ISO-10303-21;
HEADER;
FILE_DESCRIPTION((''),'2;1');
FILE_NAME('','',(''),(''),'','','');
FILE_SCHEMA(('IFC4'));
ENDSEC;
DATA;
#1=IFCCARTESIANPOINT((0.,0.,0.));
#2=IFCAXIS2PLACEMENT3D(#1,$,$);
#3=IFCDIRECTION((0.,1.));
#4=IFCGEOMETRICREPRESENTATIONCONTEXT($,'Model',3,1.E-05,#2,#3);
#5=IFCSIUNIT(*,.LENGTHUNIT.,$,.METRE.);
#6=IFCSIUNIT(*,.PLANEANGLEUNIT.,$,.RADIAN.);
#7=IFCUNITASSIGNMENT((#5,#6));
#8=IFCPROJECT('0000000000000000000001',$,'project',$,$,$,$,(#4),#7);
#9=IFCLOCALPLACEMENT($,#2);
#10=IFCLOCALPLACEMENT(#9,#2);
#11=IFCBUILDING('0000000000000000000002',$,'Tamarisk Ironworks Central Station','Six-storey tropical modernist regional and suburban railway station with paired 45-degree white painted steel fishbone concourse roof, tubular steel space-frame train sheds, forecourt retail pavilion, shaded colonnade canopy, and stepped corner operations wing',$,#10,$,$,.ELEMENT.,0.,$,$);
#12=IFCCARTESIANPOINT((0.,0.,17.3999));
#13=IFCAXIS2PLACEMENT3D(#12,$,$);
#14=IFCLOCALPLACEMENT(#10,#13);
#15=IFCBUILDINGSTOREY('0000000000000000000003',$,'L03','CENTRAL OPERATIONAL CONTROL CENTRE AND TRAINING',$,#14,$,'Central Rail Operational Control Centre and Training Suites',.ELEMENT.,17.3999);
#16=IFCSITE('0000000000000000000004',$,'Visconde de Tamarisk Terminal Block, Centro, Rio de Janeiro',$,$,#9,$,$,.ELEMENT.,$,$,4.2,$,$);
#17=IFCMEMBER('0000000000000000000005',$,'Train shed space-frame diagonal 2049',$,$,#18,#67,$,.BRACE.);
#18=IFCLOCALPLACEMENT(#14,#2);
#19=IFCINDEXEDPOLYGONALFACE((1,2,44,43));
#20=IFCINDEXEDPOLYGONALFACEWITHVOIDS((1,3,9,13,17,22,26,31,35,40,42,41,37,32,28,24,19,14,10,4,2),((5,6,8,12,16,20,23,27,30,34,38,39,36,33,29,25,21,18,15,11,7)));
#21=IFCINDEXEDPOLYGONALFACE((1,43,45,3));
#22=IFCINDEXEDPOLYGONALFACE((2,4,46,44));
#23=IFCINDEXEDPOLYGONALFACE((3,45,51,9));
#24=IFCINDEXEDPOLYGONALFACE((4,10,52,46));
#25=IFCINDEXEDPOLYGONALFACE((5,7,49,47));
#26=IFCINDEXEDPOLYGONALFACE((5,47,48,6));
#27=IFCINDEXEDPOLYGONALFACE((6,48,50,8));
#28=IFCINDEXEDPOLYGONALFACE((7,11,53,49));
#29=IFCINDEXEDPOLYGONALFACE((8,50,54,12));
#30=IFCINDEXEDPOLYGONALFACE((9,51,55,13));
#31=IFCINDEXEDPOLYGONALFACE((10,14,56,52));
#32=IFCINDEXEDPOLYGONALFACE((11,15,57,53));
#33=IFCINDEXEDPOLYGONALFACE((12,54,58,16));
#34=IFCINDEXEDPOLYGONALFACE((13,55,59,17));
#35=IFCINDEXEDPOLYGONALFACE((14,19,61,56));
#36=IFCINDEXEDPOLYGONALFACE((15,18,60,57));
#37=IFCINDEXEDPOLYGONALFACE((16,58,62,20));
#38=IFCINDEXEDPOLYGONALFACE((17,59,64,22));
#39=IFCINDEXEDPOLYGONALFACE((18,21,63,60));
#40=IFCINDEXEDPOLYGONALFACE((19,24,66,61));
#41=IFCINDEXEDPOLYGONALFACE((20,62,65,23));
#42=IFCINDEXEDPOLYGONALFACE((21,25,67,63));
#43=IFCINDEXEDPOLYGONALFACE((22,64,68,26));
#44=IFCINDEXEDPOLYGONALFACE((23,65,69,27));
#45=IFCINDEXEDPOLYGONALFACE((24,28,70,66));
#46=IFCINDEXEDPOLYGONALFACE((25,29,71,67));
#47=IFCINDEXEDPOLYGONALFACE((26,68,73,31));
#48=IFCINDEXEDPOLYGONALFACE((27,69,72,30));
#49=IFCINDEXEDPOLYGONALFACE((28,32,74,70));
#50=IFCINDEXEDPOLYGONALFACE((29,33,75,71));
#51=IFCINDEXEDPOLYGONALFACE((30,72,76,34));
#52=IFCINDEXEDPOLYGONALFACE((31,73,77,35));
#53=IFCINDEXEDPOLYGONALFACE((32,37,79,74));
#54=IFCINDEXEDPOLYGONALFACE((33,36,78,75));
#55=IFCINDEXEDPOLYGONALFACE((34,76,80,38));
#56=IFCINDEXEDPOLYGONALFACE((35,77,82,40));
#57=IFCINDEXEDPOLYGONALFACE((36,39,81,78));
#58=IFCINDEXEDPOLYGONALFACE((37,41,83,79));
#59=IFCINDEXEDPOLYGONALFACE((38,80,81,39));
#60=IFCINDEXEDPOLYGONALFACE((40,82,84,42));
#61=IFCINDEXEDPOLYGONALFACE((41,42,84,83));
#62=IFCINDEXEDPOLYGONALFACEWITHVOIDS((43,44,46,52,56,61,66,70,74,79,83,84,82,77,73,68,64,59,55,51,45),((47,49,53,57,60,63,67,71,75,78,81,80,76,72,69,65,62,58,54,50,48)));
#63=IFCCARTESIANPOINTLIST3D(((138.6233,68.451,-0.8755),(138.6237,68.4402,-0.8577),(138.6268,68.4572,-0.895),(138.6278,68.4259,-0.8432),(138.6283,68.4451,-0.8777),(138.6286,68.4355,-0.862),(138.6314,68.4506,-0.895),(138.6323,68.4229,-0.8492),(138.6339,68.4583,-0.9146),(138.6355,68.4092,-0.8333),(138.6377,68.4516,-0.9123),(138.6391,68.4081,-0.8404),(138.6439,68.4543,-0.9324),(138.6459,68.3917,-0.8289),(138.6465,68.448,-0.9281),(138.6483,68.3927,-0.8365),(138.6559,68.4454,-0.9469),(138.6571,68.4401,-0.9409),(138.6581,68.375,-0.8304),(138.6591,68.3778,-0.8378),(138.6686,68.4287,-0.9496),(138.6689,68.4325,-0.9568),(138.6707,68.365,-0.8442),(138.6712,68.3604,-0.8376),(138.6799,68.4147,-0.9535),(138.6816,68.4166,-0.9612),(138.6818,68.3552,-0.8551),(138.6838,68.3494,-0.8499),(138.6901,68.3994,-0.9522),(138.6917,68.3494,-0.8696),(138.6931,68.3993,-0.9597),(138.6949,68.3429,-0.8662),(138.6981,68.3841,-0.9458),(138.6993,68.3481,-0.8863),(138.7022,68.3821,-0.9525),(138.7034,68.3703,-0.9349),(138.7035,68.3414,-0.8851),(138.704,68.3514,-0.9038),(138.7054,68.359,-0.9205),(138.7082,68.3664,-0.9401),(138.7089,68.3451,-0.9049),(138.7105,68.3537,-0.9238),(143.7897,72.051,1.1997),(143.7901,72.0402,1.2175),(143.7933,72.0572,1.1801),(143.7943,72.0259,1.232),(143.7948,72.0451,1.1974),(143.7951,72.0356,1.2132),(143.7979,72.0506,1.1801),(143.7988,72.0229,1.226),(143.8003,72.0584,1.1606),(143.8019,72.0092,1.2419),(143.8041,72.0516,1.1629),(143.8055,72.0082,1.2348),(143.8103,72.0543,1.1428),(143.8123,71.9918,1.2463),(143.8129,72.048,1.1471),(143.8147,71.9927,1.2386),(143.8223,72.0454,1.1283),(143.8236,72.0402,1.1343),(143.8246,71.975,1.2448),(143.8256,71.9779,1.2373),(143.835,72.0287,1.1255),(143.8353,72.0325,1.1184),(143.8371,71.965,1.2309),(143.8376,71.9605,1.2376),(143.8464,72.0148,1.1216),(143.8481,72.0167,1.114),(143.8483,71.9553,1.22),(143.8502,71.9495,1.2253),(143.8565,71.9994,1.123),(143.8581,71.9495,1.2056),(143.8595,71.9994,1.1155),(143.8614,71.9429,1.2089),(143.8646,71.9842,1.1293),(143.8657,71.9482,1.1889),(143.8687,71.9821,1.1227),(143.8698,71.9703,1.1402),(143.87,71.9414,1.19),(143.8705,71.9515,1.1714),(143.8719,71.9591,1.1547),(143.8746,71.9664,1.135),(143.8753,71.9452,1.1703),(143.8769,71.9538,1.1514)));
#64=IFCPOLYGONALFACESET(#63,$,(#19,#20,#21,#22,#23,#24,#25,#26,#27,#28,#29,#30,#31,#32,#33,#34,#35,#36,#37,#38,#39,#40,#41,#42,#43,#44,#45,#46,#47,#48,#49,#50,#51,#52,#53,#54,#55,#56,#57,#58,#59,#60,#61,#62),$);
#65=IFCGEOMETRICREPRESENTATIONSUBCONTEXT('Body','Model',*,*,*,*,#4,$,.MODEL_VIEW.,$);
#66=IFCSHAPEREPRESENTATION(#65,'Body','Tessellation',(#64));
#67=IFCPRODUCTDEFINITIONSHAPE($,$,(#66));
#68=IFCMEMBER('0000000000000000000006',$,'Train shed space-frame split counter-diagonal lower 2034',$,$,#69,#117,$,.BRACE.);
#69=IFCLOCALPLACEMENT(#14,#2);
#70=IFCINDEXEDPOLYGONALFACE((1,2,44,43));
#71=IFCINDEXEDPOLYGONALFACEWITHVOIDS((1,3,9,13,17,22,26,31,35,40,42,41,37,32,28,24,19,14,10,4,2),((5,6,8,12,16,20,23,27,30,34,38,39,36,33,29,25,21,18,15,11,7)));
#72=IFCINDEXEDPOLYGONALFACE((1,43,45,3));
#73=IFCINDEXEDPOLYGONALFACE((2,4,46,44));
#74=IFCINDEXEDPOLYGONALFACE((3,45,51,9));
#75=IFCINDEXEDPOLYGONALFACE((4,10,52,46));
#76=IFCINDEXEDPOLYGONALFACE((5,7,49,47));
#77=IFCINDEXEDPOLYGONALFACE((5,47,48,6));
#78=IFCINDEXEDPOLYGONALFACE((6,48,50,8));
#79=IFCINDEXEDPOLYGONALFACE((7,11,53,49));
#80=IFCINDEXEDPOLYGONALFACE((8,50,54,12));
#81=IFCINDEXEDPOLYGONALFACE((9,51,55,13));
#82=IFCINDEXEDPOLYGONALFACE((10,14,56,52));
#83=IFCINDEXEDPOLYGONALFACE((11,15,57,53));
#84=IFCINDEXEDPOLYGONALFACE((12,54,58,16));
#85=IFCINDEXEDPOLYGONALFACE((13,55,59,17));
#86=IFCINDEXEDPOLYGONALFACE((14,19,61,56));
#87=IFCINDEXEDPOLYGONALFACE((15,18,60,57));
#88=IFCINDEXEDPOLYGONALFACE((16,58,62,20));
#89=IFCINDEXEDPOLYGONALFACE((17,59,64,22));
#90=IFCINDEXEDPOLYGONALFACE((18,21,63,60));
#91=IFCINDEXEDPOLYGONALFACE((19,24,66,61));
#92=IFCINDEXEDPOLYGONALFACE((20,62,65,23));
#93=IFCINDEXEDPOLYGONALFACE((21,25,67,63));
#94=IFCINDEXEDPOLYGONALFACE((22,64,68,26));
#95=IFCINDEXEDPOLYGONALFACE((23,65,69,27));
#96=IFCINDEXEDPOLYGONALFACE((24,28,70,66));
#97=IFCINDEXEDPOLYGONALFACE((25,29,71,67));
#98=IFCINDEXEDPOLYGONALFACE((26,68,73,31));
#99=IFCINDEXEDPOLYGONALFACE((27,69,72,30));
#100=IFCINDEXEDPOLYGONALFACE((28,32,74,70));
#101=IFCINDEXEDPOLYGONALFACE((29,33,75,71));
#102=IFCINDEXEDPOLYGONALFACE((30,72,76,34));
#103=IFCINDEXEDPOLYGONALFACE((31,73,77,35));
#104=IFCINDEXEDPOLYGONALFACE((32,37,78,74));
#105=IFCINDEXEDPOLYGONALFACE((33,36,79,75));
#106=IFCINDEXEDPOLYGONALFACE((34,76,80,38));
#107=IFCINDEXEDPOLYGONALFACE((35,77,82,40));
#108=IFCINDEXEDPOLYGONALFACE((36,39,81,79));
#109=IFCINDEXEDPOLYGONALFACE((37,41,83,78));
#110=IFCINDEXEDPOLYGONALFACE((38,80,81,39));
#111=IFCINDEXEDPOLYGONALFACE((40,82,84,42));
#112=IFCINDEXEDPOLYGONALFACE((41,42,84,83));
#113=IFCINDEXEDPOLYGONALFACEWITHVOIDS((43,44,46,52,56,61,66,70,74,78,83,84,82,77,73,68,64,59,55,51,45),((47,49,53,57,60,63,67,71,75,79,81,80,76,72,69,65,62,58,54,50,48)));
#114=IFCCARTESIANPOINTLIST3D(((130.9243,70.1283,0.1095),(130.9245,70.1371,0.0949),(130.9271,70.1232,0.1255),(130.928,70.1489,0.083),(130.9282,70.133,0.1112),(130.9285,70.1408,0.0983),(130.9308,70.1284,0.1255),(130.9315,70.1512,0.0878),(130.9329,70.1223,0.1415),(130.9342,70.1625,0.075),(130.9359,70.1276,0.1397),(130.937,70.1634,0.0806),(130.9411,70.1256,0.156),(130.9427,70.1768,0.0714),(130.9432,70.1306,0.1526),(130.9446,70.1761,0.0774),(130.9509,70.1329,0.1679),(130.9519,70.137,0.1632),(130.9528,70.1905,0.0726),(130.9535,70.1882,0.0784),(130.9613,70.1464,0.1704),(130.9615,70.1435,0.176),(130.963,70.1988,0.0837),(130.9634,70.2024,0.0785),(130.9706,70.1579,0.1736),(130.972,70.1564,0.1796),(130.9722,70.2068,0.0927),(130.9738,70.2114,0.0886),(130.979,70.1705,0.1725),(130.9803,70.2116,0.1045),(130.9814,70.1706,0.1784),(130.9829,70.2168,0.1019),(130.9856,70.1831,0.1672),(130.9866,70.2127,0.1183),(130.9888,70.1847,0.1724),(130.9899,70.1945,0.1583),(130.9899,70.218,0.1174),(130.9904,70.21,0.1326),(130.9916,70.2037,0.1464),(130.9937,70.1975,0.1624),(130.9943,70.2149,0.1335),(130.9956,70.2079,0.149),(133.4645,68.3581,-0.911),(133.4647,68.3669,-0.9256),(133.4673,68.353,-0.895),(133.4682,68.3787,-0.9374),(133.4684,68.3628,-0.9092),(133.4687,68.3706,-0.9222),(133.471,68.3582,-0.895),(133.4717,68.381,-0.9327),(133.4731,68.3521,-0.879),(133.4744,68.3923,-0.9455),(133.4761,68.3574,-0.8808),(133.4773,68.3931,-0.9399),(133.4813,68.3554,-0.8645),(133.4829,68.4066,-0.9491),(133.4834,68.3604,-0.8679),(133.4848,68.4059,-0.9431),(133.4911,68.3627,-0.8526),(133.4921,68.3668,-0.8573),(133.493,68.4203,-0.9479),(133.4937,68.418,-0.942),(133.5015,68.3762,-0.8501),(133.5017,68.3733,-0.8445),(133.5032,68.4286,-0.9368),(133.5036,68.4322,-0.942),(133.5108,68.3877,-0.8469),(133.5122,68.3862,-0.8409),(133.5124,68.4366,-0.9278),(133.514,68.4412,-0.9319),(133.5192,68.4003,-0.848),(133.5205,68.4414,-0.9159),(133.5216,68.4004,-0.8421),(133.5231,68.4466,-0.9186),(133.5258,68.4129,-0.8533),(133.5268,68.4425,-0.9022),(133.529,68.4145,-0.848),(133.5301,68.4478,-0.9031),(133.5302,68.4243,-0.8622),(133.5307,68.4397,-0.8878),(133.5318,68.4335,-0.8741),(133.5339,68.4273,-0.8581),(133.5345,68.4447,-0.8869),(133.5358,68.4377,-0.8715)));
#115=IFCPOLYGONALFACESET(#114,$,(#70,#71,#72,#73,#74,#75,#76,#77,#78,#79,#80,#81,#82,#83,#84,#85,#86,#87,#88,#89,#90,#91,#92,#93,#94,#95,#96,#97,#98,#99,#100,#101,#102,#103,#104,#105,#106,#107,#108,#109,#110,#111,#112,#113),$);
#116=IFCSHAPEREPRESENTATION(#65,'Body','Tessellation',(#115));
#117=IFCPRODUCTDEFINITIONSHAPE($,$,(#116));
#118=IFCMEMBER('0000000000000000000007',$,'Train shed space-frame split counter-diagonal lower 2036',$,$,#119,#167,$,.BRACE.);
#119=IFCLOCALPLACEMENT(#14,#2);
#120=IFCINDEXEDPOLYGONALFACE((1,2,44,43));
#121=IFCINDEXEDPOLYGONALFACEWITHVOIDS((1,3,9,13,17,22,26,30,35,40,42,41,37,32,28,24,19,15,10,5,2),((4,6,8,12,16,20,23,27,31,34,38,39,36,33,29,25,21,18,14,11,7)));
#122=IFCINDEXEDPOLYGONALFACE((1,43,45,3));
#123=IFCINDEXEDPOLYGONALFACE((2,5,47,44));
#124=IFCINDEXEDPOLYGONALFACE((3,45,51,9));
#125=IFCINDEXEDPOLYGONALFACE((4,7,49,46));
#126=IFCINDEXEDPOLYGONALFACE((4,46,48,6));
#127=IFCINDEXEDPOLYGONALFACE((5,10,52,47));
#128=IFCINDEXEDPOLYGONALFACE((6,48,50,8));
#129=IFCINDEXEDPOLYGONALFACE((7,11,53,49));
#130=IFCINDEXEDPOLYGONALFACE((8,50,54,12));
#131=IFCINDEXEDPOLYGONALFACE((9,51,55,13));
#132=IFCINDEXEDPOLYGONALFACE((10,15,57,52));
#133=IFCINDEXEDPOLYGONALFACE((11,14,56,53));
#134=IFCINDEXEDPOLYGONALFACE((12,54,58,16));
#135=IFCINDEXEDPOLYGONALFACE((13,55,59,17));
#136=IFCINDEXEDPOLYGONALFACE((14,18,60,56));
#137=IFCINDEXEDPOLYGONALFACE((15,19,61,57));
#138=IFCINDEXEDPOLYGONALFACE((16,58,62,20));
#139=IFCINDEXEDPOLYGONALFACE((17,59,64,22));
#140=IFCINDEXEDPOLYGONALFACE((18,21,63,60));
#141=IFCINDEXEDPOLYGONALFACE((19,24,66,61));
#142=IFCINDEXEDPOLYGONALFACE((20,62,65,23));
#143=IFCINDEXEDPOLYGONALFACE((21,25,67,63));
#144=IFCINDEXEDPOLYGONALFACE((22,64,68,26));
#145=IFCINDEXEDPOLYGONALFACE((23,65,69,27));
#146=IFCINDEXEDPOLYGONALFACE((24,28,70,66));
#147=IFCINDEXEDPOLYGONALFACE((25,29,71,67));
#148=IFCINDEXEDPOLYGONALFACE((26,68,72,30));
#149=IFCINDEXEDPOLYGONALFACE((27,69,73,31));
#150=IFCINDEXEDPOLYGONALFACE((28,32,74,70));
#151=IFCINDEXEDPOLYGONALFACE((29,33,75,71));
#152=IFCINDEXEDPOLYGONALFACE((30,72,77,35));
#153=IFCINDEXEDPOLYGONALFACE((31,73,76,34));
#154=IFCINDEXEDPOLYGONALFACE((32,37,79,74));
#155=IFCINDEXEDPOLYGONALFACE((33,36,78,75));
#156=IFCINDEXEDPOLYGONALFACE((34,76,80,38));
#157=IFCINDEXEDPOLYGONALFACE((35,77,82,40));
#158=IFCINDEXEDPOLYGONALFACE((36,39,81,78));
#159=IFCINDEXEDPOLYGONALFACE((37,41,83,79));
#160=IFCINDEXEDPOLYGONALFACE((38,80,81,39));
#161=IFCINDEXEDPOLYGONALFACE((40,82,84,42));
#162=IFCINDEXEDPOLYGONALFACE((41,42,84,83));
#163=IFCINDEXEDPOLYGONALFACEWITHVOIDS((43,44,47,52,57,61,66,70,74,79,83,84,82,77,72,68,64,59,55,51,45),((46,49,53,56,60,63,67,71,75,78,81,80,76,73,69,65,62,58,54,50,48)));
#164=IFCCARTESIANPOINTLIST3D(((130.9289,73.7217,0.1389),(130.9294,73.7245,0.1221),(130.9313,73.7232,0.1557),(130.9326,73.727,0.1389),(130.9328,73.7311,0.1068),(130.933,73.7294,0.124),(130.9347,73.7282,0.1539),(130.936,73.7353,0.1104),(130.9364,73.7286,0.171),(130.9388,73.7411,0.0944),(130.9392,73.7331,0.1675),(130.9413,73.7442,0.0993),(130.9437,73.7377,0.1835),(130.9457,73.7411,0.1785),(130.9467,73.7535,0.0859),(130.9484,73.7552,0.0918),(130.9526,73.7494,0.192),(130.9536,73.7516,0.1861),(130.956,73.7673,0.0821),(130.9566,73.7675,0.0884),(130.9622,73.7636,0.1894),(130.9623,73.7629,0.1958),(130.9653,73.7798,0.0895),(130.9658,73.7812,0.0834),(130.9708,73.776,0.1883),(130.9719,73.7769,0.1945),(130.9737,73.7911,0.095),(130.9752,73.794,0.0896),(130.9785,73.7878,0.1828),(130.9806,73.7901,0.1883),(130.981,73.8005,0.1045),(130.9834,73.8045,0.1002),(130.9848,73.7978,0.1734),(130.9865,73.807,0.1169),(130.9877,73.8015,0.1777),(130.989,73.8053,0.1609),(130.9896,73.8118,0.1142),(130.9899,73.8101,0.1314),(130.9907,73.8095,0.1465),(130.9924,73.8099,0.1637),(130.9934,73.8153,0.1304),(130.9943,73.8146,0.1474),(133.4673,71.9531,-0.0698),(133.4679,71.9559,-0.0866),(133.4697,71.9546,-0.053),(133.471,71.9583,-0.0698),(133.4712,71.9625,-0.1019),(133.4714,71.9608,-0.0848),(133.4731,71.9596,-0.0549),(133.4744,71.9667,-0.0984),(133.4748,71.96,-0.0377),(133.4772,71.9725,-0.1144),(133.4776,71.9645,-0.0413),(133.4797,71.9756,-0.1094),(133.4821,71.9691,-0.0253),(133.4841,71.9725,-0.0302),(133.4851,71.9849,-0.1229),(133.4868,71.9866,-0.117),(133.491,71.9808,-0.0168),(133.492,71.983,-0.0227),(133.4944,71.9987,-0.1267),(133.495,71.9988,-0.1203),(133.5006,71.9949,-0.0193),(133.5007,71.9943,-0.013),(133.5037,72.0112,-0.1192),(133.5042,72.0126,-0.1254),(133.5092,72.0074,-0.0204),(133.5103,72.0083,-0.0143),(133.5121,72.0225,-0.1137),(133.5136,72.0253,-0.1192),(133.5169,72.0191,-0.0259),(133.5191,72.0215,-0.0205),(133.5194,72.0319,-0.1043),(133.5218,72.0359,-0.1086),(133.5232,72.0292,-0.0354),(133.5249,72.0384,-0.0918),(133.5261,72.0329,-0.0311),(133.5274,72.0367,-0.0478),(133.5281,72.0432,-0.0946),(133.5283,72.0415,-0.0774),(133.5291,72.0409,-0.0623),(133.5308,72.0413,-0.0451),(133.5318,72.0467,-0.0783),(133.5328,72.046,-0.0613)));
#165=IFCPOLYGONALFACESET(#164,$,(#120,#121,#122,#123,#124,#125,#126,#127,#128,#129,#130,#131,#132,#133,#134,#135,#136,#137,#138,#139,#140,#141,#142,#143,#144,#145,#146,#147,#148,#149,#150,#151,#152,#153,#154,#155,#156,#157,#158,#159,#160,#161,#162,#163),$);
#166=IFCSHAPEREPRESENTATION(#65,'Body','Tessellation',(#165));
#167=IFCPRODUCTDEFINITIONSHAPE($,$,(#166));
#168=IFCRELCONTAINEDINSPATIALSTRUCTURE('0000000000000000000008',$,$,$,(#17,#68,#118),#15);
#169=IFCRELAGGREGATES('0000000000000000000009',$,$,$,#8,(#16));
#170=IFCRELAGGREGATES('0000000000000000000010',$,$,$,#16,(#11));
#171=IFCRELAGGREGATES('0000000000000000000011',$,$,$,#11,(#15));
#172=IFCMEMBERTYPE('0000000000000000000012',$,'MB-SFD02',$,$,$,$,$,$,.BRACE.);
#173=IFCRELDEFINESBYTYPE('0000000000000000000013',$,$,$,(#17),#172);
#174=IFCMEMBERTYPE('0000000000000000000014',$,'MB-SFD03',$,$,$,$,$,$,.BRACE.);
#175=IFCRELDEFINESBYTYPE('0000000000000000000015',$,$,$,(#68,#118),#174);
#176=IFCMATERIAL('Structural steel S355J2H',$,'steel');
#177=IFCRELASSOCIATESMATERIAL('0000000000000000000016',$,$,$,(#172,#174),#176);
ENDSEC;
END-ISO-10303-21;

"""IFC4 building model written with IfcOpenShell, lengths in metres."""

from ifc_helpers import new_model, si_unit, direction, frame, origin, origin_2d, place, context, subcontext, project, spatial, hollow_circle, extrude, material, material_profile, profile_set, type_object, element, save


model = new_model("IFC4")

# Units and contexts
model_context = context("Model", 3, precision=1e-05, world=origin(), true_north=direction((0.0, 1.0)))
body_context = subcontext(model_context, "Body", "Model", "MODEL_VIEW")
ifc_project = project(units=[si_unit("LENGTHUNIT", "METRE"), si_unit("PLANEANGLEUNIT", "RADIAN")], contexts=[model_context])

# Site, building, storey
site_placement = place(None, origin())
site = spatial("IfcSite", under=ifc_project, at=site_placement, Name="Visconde de Tamarisk Terminal Block, Centro, Rio de Janeiro", CompositionType="ELEMENT", RefElevation=4.2)
building_placement = place(site_placement, origin())
building = spatial("IfcBuilding", under=site, at=building_placement, Name="Tamarisk Ironworks Central Station", Description="Six-storey tropical modernist regional and suburban railway station with paired 45-degree white painted steel fishbone concourse roof, tubular steel space-frame train sheds, forecourt retail pavilion, shaded colonnade canopy, and stepped corner operations wing", CompositionType="ELEMENT", ElevationOfRefHeight=0.0)
storey_placement = place(building_placement, frame((0.0, 0.0, 17.3999)))
storey = spatial("IfcBuildingStorey", under=building, at=storey_placement, Name="L03", Description="CENTRAL OPERATIONAL CONTROL CENTRE AND TRAINING", LongName="Central Rail Operational Control Centre and Training Suites", CompositionType="ELEMENT", Elevation=17.3999)

# Members
ifc_material = material(Name="Structural steel S355J2H", Category="steel")
ifc_material_profile_1 = material_profile(ifc_material, hollow_circle(Radius=0.0698, WallThickness=0.0081, at=origin_2d()), Name="CHS 139.7x8")
ifc_profile_set_1 = profile_set([ifc_material_profile_1], Name="Structural steel S355J2H")
member_type_1 = type_object("IfcMemberType", Name="MB-SFD02", PredefinedType="BRACE", material=ifc_profile_set_1)
member_1_placement = place(storey_placement, frame((138.6667, 68.3999, -0.895), z_axis=(0.779235, 0.542983, 0.31299), x_axis=(-0.571707, 0.820458, 0.0)))
element("IfcMember", 1, at=member_1_placement, inside=storey, type_object=member_type_1, Name="Train shed space-frame diagonal 2049", PredefinedType="BRACE", context=body_context, shape_type="SweptSolid", body=[
    extrude(hollow_circle(Radius=0.0698, WallThickness=0.0081, at=origin_2d()), origin(), (0.0, 0.0, 1.0), 6.6301),
])
ifc_material_profile_2 = material_profile(ifc_material, hollow_circle(Radius=0.0571, WallThickness=0.0063, at=origin_2d()), Name="CHS 114.3x6.3")
ifc_profile_set_2 = profile_set([ifc_material_profile_2], Name="Structural steel S355J2H")
member_type_2 = type_object("IfcMemberType", Name="MB-SFD03", PredefinedType="BRACE", material=ifc_profile_set_2)
member_2_placement = place(storey_placement, frame((133.5, 68.3999, -0.895), z_axis=(-0.779202, 0.543008, 0.313029), x_axis=(-0.571741, -0.820434, 0.0)))
element("IfcMember", 2, at=member_2_placement, inside=storey, type_object=member_type_2, Name="Train shed space-frame split counter-diagonal lower 2034", PredefinedType="BRACE", context=body_context, shape_type="SweptSolid", body=[
    extrude(hollow_circle(Radius=0.0571, WallThickness=0.0063, at=origin_2d()), origin(), (0.0, 0.0, 1.0), 3.26),
])
member_3_placement = place(storey_placement, frame((133.5, 72.0, -0.0698), z_axis=(-0.818625, 0.570369, 0.06732), x_axis=(-0.571666, -0.820487, 0.0)))
element("IfcMember", 3, at=member_3_placement, inside=storey, type_object=member_type_2, Name="Train shed space-frame split counter-diagonal lower 2036", PredefinedType="BRACE", context=body_context, shape_type="SweptSolid", body=[
    extrude(hollow_circle(Radius=0.0571, WallThickness=0.0063, at=origin_2d()), origin(), (0.0, 0.0, 1.0), 3.1008),
])

save(model, "model.ifc")
